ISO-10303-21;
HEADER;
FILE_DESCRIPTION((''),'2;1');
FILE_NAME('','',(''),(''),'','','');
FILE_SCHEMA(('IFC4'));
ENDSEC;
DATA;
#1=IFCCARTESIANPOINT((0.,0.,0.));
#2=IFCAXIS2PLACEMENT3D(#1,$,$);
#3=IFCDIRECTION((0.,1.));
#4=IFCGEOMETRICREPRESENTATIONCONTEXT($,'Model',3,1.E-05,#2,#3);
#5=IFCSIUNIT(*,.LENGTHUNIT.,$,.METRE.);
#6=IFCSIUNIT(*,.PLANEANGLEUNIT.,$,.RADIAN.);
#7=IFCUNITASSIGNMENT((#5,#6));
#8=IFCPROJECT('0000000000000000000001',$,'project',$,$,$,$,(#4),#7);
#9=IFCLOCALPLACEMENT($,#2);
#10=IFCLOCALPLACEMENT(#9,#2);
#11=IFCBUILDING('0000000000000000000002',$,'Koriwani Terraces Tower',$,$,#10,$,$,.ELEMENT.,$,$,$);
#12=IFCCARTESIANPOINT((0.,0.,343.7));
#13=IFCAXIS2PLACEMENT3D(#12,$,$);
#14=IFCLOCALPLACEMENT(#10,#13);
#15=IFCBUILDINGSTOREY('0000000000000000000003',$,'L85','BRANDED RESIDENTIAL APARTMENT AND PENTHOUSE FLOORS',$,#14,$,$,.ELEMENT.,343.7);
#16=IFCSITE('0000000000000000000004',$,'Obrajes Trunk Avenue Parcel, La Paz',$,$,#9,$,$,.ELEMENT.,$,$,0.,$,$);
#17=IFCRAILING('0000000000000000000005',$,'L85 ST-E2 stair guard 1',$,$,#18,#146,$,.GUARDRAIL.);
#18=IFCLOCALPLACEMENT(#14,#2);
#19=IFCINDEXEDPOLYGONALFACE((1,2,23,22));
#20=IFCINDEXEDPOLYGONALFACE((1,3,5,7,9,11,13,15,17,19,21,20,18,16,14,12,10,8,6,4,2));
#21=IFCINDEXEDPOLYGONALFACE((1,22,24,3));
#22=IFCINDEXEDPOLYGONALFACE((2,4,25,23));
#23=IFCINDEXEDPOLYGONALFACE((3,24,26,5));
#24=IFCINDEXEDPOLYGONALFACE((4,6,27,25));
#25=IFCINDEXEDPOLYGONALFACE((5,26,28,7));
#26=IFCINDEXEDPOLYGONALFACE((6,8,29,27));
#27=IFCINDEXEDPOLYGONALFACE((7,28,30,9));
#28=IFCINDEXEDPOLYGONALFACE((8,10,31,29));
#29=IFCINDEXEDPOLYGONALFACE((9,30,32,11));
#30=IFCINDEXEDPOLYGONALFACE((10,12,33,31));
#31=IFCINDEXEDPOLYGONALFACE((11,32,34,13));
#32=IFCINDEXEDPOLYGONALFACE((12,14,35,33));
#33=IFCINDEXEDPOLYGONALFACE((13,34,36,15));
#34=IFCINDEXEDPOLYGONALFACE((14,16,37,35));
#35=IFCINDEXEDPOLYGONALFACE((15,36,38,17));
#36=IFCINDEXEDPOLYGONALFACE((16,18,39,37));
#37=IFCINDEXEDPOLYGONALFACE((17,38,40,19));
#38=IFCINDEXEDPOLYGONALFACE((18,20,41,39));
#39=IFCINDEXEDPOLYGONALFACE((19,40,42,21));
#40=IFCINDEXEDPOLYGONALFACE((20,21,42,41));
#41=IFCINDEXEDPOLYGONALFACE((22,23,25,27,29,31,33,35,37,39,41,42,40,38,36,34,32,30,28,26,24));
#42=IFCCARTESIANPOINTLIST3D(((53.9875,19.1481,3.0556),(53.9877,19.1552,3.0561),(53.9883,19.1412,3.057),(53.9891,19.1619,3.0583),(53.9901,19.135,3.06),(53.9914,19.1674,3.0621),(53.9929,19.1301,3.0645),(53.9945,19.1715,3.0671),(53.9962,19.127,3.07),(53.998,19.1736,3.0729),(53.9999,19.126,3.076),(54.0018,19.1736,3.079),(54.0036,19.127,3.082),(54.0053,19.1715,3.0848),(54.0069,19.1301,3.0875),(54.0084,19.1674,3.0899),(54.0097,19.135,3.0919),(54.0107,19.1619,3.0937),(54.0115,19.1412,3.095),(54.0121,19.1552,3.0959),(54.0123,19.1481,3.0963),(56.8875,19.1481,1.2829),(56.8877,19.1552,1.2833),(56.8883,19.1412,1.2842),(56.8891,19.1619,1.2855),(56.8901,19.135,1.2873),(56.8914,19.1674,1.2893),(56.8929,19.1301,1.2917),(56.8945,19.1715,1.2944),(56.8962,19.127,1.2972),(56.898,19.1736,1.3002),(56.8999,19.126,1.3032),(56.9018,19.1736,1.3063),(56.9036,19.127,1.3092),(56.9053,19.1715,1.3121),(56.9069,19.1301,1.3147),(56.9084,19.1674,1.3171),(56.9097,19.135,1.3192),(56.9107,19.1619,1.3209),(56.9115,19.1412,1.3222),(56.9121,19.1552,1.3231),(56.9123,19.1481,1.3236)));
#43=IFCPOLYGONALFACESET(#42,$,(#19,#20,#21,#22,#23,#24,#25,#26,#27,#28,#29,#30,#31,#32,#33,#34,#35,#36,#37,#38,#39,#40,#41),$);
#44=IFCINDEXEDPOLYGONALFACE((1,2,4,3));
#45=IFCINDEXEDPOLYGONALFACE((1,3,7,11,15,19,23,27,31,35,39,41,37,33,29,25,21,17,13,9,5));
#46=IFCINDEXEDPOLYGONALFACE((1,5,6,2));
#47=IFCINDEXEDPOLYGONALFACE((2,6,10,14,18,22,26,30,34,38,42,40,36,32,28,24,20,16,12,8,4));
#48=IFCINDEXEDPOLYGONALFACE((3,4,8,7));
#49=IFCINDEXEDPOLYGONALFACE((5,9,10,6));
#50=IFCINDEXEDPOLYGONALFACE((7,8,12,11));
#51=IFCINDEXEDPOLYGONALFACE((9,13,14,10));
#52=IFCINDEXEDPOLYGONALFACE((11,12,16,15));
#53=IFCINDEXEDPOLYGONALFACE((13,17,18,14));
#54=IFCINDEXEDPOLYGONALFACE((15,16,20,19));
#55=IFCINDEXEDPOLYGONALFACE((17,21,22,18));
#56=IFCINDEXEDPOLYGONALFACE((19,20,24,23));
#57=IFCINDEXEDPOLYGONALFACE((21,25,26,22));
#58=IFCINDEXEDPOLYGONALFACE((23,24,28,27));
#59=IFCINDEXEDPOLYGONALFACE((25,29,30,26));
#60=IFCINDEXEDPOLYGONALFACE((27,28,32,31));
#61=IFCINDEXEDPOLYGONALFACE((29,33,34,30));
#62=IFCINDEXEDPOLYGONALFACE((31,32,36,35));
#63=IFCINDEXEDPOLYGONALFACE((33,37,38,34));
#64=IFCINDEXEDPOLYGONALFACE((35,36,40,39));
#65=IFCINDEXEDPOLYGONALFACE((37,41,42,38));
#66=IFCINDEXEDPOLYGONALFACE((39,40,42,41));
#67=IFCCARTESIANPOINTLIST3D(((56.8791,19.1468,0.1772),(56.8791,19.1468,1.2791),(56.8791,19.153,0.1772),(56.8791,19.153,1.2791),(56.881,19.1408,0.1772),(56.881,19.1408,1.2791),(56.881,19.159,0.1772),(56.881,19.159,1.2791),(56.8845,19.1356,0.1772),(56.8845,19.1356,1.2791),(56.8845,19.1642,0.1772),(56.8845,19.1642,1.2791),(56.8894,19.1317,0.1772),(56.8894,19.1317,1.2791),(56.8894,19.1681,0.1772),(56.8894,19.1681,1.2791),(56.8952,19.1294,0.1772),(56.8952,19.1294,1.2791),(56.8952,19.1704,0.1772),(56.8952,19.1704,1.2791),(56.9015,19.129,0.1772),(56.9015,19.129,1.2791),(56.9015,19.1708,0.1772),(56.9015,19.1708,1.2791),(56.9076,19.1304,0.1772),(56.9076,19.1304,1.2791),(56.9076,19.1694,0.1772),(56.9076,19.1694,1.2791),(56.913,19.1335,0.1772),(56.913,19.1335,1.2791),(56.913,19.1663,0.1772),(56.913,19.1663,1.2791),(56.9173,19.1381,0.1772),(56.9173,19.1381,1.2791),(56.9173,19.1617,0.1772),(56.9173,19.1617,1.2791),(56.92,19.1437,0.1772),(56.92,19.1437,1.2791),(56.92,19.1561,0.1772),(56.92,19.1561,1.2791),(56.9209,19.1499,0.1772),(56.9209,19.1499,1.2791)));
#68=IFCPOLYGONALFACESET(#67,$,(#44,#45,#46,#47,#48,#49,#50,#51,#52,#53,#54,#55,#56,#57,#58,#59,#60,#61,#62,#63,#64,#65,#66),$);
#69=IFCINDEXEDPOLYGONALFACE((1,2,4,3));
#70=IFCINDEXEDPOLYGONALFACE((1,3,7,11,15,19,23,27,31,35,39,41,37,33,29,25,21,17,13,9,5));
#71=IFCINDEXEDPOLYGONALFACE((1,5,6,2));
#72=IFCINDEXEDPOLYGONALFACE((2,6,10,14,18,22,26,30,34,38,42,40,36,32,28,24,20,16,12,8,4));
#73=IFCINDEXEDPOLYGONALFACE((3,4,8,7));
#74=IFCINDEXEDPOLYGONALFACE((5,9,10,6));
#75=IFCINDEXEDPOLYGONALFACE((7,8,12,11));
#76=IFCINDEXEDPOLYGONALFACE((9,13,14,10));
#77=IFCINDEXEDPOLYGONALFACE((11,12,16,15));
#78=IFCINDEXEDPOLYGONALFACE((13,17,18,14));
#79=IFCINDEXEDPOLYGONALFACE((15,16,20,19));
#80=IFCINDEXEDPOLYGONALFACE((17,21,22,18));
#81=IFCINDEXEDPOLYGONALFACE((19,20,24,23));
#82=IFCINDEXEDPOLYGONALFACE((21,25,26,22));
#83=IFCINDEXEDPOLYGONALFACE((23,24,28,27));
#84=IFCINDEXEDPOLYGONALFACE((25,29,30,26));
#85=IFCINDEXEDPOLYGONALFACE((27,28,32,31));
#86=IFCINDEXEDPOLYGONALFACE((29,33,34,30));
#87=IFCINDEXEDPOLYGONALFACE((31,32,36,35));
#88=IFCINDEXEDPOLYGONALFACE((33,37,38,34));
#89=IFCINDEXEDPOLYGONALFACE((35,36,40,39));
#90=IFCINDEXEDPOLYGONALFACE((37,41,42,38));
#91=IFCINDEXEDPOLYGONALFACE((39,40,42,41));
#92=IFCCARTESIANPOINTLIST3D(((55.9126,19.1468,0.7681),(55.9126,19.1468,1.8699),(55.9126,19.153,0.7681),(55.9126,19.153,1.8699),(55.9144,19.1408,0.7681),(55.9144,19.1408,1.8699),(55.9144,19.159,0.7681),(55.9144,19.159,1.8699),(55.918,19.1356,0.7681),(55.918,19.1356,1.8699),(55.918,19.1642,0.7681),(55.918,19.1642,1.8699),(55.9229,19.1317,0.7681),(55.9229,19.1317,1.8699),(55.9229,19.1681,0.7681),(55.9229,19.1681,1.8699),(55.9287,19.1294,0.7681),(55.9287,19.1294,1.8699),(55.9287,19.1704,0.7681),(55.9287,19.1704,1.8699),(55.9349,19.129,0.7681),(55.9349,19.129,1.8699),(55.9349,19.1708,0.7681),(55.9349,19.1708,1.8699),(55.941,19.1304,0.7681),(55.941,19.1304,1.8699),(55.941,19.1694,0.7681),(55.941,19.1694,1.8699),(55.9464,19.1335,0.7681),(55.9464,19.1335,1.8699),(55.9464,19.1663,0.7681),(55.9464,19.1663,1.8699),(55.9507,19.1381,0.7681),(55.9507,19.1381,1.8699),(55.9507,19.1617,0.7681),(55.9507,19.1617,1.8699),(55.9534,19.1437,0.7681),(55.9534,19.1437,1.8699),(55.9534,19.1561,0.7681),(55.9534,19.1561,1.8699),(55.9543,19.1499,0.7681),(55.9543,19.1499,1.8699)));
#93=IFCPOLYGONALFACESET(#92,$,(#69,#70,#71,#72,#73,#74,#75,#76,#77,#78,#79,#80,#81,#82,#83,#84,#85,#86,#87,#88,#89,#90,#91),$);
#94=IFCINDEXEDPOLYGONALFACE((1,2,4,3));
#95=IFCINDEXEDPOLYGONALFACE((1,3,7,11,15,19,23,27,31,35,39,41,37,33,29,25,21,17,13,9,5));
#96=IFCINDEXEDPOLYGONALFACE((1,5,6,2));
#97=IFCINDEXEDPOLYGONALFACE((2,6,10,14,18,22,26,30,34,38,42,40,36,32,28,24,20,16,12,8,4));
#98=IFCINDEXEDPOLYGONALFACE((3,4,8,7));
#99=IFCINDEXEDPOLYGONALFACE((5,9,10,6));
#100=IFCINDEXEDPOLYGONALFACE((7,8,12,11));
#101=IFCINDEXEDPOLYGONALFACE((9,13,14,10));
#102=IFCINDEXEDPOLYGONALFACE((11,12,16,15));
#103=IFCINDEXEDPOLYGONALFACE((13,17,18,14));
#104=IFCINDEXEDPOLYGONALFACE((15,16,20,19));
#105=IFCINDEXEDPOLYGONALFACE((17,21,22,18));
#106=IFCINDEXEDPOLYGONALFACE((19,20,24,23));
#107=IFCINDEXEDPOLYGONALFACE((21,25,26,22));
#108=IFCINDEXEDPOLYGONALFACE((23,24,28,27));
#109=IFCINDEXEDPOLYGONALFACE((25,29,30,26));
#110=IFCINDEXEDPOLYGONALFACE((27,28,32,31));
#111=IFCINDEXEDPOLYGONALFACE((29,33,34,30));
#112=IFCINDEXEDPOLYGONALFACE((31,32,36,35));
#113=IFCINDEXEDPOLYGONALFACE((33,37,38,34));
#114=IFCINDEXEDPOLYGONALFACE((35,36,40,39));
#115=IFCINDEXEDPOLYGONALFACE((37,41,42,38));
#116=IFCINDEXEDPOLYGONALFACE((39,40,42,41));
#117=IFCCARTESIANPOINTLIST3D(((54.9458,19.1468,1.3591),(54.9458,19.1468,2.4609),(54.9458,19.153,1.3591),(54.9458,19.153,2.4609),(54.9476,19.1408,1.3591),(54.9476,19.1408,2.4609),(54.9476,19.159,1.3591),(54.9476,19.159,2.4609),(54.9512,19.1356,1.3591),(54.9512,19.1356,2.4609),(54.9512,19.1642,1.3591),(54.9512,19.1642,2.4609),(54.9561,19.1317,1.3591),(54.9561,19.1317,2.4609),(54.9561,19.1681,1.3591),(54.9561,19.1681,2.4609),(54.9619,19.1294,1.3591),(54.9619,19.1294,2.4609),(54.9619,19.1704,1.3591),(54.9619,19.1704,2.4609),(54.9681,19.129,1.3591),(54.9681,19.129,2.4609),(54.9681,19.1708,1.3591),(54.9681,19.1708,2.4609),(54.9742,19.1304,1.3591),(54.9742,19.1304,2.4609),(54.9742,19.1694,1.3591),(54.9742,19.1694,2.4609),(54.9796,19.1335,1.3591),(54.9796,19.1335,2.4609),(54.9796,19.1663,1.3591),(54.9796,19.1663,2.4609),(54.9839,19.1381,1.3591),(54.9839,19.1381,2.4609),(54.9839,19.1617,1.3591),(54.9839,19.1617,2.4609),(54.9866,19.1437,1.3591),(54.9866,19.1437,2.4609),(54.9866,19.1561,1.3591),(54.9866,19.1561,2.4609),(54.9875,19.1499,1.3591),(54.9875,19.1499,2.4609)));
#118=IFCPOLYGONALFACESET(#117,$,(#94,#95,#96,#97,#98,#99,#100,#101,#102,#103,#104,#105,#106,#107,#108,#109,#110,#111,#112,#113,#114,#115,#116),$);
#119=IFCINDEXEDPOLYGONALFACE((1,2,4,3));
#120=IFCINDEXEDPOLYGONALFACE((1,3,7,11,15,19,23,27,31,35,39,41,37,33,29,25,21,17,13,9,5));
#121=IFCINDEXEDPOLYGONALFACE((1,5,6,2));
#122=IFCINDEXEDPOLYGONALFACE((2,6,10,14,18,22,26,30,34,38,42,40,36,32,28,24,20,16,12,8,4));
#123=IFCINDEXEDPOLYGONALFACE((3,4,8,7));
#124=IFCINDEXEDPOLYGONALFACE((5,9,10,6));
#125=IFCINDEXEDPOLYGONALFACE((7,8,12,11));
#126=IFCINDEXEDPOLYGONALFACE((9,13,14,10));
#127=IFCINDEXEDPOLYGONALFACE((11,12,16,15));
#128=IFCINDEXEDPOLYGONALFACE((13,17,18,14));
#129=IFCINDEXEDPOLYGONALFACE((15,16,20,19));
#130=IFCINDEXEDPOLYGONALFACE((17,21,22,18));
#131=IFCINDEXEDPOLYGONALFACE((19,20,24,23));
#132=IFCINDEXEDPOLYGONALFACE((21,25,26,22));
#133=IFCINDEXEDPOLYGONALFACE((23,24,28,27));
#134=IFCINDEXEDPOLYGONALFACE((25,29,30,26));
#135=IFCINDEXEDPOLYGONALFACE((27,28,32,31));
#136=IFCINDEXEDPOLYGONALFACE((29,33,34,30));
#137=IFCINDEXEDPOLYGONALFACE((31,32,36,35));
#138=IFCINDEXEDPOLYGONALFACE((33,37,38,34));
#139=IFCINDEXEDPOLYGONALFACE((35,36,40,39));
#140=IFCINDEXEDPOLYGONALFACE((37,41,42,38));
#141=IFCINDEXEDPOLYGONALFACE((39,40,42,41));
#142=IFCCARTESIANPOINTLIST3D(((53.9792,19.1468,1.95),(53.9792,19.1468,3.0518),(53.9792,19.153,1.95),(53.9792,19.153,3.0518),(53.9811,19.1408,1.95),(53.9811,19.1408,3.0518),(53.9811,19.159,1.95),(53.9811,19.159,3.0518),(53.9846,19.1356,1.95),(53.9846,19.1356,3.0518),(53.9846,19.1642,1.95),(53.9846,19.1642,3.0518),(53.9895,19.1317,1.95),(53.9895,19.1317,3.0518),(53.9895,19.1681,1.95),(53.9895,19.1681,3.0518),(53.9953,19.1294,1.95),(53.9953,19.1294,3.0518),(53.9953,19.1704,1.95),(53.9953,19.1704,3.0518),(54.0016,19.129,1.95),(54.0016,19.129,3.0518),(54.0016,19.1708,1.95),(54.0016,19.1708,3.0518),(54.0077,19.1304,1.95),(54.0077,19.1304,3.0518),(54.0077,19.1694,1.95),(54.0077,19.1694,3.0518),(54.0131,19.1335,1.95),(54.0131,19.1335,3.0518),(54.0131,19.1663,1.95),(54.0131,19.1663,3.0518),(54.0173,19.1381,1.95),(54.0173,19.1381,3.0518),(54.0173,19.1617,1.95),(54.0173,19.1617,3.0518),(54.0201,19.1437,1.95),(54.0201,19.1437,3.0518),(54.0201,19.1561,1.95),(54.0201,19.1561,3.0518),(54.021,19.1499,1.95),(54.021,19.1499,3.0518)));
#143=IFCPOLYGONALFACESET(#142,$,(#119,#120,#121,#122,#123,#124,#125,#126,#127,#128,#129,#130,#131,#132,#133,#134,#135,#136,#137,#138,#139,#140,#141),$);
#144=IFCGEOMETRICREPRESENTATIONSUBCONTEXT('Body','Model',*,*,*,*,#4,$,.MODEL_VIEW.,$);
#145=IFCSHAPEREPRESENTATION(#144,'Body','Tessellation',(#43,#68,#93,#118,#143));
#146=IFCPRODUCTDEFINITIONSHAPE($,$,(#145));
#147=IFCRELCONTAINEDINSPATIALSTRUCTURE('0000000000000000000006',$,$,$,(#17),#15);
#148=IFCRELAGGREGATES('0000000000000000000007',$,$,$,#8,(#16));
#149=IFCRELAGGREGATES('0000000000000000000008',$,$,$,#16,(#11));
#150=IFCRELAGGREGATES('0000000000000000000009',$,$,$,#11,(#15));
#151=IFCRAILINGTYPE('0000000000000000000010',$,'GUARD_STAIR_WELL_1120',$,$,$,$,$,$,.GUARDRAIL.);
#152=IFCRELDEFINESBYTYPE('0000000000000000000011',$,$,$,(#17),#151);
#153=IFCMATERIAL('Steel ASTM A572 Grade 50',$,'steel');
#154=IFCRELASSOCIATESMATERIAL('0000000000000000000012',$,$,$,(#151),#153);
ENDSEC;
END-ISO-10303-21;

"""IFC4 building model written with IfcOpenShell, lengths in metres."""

from ifc_helpers import new_model, si_unit, direction, frame, origin, origin_2d, place, context, subcontext, project, spatial, circle, extrude, material, type_object, element, save


model = new_model("IFC4")

# Units and contexts
model_context = context("Model", 3, precision=1e-05, world=origin(), true_north=direction((0.0, 1.0)))
body_context = subcontext(model_context, "Body", "Model", "MODEL_VIEW")
ifc_project = project(units=[si_unit("LENGTHUNIT", "METRE"), si_unit("PLANEANGLEUNIT", "RADIAN")], contexts=[model_context])

# Site, building, storey
site_placement = place(None, origin())
site = spatial("IfcSite", under=ifc_project, at=site_placement, Name="Obrajes Trunk Avenue Parcel, La Paz", CompositionType="ELEMENT", RefElevation=0.0)
building_placement = place(site_placement, origin())
building = spatial("IfcBuilding", under=site, at=building_placement, Name="Koriwani Terraces Tower", CompositionType="ELEMENT")
storey_placement = place(building_placement, frame((0.0, 0.0, 343.7)))
storey = spatial("IfcBuildingStorey", under=building, at=storey_placement, Name="L85", Description="BRANDED RESIDENTIAL APARTMENT AND PENTHOUSE FLOORS", CompositionType="ELEMENT", Elevation=343.7)

# Shared definitions
ifc_material_1 = material(Name="Steel ASTM A572 Grade 50", Category="steel")

# Railing
railing_type_1 = type_object("IfcRailingType", Name="GUARD_STAIR_WELL_1120", PredefinedType="GUARDRAIL", material=ifc_material_1)
railing_1_placement = place(storey_placement, frame((56.8999, 19.1499, 0.1772)))
element("IfcRailing", 1, at=railing_1_placement, inside=storey, type_object=railing_type_1, Name="L85 ST-E2 stair guard 1", PredefinedType="GUARDRAIL", context=body_context, shape_type="SweptSolid", body=[
    extrude(circle(Radius=0.0239, at=origin_2d()), frame((0.0, 0.0, 1.126), z_axis=(-0.853211, 0.0, 0.521566), x_axis=(0.0, -1.0, 0.0)), (0.0, 0.0, 1.0), 3.3989),
    extrude(circle(Radius=0.021, at=origin_2d()), origin(), (0.0, 0.0, 1.0), 1.1018),
    extrude(circle(Radius=0.021, at=origin_2d()), frame((-0.9666, 0.0, 0.5908)), (0.0, 0.0, 1.0), 1.1018),
    extrude(circle(Radius=0.021, at=origin_2d()), frame((-1.9333, 0.0, 1.1819)), (0.0, 0.0, 1.0), 1.1018),
    extrude(circle(Radius=0.021, at=origin_2d()), frame((-2.8999, 0.0, 1.7727)), (0.0, 0.0, 1.0), 1.1018),
])

save(model, "model.ifc")
